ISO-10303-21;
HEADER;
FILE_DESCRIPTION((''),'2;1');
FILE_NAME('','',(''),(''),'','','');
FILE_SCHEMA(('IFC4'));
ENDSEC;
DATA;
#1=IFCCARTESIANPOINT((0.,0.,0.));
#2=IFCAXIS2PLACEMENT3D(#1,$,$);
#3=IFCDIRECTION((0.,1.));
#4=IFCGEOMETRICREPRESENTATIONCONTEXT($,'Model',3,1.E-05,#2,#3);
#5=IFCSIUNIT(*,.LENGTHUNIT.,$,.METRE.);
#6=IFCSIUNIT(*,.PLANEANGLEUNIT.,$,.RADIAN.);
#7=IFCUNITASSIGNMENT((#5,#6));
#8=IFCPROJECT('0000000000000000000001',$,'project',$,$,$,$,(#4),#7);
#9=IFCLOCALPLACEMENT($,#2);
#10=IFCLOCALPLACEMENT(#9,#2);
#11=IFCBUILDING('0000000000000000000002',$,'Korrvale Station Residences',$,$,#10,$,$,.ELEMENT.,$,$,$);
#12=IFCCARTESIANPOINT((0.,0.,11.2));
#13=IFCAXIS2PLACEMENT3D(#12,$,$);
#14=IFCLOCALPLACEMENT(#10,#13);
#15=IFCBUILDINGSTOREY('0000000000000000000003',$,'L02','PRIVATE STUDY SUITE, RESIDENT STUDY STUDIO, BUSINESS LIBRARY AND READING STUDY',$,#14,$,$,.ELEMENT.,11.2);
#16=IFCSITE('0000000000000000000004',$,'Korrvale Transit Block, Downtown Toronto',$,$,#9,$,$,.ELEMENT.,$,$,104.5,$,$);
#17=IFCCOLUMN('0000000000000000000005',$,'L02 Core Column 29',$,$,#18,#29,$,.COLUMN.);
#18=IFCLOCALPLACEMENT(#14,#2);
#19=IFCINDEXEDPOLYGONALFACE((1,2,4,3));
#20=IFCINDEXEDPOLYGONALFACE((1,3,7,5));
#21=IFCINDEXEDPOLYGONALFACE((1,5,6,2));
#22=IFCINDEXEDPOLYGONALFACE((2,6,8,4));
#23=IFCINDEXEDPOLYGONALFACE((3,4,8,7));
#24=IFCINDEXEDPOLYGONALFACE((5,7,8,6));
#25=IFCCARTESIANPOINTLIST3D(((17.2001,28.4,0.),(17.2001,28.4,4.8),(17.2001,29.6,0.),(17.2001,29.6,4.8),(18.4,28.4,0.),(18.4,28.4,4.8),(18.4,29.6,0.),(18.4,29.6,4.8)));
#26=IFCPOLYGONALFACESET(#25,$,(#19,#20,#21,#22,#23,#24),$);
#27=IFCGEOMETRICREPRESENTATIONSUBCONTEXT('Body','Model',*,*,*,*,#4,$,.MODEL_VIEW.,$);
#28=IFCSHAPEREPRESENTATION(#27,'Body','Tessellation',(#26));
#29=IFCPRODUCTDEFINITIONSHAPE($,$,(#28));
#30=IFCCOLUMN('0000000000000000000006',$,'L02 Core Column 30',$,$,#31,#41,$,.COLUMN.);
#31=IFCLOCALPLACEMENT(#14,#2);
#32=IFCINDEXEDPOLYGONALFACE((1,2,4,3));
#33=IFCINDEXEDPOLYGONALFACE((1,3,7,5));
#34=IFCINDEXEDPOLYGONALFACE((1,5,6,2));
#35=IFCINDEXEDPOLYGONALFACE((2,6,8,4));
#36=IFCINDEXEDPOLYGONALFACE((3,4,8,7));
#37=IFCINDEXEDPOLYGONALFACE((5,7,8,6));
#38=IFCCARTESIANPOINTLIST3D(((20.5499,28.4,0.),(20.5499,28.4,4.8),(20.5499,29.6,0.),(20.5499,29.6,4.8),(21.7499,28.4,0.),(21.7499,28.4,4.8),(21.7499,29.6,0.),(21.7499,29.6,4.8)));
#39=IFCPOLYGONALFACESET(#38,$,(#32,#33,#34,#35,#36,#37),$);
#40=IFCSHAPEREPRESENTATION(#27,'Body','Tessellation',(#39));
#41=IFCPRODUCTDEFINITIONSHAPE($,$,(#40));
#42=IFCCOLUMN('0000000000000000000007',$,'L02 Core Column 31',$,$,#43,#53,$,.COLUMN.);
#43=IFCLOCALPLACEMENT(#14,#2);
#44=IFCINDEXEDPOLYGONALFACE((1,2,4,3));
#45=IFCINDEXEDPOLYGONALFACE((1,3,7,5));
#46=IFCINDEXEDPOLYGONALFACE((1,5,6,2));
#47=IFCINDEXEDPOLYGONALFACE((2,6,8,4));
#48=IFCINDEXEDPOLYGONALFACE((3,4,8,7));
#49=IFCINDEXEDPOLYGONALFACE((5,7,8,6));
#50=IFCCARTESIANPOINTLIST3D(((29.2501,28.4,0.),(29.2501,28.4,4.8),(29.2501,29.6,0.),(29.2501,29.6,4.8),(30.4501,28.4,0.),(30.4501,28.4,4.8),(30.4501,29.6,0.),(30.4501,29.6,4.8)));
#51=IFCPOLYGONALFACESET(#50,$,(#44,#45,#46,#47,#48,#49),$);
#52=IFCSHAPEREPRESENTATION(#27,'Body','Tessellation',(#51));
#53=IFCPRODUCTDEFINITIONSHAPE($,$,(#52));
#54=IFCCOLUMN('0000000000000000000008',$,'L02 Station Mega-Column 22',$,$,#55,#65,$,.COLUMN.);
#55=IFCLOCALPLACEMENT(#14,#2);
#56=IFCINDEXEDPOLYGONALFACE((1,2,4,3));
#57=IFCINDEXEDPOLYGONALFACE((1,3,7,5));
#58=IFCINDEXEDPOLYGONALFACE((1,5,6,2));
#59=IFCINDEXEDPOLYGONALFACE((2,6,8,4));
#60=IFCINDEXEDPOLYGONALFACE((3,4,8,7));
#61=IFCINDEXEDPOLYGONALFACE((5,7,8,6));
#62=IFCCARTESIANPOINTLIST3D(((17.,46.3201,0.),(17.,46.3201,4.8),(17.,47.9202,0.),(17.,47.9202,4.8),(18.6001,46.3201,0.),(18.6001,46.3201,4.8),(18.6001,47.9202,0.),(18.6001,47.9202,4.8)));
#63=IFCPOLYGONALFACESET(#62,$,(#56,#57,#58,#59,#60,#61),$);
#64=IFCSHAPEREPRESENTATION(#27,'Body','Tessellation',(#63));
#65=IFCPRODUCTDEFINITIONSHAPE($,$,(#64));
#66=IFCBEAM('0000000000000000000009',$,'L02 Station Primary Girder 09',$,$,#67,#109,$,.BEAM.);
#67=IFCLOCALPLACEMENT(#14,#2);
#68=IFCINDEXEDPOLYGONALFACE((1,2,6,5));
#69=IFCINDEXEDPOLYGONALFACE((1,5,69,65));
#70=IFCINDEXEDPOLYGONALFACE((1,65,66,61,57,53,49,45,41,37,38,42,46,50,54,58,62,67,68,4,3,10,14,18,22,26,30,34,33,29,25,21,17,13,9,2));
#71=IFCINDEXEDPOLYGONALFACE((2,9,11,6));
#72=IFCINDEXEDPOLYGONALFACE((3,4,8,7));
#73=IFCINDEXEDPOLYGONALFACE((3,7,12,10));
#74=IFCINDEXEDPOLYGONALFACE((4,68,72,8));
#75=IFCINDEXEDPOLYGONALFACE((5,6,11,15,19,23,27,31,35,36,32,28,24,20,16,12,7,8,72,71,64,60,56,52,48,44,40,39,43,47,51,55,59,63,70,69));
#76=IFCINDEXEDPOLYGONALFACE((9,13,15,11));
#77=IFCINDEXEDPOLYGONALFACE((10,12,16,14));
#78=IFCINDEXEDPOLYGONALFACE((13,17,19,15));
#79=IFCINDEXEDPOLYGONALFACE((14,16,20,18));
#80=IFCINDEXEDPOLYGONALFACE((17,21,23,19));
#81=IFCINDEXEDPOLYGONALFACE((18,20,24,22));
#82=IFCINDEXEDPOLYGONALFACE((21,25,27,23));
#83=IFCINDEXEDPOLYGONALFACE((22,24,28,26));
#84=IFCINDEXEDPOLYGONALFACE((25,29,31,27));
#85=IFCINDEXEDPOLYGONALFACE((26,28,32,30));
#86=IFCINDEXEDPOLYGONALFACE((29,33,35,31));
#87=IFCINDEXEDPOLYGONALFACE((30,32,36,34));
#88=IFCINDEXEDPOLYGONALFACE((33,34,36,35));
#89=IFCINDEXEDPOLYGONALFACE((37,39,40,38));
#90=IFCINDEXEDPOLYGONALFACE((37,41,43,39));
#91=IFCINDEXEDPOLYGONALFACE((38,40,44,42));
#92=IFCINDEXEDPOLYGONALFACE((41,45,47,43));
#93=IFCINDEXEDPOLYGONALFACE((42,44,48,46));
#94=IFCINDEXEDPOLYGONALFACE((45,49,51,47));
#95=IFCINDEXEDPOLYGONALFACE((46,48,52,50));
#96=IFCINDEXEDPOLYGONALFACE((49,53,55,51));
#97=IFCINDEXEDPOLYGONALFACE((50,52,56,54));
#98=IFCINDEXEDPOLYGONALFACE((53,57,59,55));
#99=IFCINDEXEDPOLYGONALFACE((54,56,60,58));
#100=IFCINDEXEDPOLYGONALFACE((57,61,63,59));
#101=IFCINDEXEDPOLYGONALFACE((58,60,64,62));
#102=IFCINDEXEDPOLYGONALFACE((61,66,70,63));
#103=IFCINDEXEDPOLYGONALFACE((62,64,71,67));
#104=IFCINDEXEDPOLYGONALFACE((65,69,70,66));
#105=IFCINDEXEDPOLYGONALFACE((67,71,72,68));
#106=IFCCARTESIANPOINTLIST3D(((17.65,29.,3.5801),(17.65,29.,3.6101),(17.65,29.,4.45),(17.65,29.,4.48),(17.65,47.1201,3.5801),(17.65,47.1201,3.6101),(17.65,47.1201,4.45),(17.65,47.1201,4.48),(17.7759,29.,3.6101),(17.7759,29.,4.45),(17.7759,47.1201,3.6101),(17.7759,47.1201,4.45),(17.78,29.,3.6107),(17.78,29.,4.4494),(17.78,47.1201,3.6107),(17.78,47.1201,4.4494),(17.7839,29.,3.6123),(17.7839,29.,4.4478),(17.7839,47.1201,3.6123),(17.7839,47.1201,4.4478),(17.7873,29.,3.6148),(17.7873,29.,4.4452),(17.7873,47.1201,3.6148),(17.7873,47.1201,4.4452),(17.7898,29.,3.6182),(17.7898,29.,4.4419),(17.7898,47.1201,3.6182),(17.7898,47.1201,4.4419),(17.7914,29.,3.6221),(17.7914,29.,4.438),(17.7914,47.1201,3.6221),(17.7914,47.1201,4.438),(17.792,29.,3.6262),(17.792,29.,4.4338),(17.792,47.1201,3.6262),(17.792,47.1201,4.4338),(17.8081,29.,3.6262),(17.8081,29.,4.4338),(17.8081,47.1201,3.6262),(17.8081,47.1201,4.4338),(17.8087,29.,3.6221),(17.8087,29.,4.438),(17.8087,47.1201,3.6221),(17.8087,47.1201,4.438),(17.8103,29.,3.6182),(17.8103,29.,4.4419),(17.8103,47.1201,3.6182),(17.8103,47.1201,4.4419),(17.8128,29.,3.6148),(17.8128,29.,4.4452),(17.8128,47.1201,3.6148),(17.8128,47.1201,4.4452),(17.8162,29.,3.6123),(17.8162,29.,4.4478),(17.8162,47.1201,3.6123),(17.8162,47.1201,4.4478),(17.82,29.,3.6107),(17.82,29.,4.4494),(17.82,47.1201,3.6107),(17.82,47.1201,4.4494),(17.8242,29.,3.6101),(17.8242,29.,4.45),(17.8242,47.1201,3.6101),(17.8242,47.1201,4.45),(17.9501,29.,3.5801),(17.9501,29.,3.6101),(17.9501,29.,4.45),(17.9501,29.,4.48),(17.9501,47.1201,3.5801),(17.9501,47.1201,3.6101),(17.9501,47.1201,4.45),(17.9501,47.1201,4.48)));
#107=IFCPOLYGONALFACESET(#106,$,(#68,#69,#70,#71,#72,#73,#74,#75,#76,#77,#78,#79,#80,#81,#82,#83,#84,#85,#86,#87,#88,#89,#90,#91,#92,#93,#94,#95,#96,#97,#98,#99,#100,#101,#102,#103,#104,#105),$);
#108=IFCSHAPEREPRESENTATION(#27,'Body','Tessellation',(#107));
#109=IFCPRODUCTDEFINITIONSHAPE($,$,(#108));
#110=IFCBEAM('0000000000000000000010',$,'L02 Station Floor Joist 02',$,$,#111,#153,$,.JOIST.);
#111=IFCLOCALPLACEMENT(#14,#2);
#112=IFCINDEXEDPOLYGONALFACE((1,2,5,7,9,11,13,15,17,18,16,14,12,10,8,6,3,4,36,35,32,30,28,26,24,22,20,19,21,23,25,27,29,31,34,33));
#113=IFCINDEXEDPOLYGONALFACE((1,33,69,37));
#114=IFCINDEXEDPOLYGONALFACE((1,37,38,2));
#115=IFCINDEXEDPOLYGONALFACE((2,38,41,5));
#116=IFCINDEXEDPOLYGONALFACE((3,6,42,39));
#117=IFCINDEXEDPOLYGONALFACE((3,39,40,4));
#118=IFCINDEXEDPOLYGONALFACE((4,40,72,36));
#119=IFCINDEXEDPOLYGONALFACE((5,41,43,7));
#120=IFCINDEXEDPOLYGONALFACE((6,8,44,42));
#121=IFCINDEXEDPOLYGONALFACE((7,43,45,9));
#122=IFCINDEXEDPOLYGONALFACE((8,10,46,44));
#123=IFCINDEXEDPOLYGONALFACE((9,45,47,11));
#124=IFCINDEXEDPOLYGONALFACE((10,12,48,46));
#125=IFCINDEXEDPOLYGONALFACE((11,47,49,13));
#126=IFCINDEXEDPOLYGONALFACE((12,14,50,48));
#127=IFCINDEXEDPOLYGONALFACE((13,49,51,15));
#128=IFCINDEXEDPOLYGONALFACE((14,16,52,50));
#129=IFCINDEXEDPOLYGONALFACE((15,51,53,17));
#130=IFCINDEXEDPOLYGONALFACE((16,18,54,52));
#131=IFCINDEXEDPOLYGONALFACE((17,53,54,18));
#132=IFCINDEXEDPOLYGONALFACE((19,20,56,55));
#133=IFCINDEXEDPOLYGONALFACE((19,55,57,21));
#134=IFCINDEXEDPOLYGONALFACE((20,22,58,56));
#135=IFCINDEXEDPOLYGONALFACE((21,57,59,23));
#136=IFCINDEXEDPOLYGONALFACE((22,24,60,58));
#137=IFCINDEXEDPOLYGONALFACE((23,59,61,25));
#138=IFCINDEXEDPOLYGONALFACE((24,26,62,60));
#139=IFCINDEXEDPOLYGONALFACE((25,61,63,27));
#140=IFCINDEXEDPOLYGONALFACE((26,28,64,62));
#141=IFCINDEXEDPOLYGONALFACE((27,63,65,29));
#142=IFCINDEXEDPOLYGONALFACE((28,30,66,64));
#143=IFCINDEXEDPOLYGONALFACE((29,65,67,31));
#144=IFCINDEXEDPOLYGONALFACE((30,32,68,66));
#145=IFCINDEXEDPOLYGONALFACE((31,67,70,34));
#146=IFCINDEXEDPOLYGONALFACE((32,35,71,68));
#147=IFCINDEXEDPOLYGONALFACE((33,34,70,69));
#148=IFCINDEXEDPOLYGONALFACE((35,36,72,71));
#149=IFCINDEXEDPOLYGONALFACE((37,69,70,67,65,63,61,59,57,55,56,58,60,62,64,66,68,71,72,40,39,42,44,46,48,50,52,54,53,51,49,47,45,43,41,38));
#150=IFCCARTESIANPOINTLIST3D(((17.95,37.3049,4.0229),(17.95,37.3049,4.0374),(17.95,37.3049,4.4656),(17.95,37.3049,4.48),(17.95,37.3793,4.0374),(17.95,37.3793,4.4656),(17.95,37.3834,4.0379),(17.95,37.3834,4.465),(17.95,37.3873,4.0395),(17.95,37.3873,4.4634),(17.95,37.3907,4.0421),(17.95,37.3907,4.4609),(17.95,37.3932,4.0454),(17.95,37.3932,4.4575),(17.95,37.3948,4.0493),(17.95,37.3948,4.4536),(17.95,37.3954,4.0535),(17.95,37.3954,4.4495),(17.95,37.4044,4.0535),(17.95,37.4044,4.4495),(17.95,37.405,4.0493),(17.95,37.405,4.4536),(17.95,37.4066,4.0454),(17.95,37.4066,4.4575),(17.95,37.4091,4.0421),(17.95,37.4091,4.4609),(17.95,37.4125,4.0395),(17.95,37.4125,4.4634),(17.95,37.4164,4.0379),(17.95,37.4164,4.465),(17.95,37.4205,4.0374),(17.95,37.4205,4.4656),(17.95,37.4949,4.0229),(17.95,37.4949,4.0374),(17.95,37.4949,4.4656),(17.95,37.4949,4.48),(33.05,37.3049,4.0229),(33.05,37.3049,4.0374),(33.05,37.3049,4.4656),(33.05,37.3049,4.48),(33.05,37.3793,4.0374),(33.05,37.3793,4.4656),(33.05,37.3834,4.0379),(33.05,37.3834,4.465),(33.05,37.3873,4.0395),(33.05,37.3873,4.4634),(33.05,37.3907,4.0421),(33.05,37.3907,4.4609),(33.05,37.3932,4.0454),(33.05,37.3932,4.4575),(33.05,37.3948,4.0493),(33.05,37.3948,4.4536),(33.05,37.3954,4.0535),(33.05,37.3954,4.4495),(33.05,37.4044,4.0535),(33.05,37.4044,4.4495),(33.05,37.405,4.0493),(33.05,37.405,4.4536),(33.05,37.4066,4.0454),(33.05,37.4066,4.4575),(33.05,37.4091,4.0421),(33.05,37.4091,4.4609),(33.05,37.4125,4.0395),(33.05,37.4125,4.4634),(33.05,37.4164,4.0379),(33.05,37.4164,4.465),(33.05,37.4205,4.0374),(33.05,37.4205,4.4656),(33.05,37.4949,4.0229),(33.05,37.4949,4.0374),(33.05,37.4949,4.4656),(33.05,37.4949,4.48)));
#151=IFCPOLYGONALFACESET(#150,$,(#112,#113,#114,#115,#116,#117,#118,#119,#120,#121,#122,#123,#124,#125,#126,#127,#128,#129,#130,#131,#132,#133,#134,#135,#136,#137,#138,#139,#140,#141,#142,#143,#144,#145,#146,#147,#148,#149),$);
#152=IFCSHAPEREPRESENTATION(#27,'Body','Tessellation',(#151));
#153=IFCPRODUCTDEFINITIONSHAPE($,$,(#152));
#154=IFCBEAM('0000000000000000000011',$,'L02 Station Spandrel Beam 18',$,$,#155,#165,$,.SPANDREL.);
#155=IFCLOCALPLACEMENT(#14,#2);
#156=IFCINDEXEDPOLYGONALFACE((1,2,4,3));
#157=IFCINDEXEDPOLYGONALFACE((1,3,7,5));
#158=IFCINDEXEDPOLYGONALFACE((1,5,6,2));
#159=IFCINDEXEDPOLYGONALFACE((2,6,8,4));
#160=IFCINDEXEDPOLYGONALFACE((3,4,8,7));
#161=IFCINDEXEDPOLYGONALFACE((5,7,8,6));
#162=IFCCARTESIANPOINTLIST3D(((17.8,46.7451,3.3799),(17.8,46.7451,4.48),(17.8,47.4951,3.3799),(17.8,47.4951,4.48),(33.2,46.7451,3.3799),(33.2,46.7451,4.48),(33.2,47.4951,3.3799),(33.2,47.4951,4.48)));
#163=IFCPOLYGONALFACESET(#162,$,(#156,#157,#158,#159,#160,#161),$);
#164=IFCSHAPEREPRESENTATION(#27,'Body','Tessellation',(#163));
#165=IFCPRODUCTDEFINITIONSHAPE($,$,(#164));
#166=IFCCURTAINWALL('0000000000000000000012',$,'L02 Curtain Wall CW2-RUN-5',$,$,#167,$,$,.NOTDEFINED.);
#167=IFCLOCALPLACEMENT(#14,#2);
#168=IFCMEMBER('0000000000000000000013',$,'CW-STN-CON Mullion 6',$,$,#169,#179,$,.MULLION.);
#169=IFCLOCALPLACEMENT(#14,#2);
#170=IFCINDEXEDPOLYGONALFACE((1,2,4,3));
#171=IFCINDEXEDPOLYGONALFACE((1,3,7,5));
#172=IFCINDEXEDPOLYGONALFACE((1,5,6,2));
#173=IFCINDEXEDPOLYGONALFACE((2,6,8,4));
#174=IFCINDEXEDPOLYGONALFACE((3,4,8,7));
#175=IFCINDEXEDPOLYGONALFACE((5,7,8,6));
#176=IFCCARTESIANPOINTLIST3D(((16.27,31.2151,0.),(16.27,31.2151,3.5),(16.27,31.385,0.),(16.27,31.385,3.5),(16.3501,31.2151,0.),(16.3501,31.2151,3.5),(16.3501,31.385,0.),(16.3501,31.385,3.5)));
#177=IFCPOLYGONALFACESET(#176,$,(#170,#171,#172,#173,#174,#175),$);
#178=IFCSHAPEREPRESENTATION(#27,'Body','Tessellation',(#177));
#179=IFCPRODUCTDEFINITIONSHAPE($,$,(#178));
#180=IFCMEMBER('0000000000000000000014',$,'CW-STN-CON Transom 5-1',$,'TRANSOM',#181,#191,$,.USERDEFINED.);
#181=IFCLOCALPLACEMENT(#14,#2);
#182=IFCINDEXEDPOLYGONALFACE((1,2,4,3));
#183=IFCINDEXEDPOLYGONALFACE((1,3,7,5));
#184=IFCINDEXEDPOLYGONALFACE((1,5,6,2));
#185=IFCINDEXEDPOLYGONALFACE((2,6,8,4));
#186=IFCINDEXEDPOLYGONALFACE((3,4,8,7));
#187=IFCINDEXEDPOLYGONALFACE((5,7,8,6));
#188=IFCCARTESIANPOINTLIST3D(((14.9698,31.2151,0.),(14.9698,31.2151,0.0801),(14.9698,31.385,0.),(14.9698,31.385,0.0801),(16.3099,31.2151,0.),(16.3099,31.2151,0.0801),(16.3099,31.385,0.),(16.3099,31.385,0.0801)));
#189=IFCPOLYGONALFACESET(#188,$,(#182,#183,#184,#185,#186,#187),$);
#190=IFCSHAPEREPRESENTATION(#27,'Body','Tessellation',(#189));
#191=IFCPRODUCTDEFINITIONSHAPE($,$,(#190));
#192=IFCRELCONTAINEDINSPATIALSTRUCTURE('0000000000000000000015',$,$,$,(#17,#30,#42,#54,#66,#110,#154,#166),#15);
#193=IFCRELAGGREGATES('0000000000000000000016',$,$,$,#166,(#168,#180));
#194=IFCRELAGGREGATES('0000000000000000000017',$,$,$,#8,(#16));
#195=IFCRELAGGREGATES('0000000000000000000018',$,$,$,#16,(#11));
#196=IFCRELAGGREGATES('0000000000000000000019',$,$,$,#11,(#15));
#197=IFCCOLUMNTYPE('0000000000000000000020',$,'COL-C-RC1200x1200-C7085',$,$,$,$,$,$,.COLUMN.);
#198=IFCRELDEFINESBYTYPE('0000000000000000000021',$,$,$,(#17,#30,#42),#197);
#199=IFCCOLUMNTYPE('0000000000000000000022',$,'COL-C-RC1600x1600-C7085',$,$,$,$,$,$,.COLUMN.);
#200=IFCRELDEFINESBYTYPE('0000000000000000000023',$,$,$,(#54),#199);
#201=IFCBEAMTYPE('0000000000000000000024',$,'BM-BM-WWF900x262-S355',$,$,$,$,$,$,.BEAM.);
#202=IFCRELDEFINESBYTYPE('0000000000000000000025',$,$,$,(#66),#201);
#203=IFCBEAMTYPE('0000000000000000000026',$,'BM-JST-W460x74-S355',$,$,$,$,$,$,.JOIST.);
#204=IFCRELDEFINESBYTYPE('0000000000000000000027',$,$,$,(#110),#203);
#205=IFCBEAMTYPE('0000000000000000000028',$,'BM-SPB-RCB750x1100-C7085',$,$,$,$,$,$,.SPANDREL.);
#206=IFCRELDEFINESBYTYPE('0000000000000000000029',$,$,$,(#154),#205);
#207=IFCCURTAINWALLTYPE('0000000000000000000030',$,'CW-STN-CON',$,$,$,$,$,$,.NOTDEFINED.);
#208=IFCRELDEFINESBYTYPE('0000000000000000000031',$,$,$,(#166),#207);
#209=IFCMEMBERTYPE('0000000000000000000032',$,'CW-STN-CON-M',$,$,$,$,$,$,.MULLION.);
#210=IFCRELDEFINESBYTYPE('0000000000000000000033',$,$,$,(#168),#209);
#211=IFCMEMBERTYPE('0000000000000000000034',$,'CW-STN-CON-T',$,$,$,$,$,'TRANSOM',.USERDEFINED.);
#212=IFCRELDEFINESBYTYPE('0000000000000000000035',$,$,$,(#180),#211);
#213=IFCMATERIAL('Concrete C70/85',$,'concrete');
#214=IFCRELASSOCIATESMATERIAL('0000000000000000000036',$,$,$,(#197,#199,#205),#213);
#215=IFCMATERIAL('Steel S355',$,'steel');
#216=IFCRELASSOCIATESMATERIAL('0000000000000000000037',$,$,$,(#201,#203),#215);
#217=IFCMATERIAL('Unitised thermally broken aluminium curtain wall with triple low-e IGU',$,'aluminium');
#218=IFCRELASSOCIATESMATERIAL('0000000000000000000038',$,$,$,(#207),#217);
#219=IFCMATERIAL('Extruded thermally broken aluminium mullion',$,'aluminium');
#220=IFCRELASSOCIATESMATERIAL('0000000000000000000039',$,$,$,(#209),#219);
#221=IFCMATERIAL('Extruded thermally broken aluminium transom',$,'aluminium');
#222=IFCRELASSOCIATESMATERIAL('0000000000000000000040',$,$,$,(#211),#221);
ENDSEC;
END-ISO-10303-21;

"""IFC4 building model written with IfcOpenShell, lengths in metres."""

from ifc_helpers import new_model, si_unit, direction, frame, origin, origin_2d, place, context, subcontext, project, spatial, rectangle, i_section, extrude, material, material_profile, profile_set, type_object, element, aggregate, save


model = new_model("IFC4")

# Units and contexts
model_context = context("Model", 3, precision=1e-05, world=origin(), true_north=direction((0.0, 1.0)))
body_context = subcontext(model_context, "Body", "Model", "MODEL_VIEW")
ifc_project = project(units=[si_unit("LENGTHUNIT", "METRE"), si_unit("PLANEANGLEUNIT", "RADIAN")], contexts=[model_context])

# Site, building, storey
site_placement = place(None, origin())
site = spatial("IfcSite", under=ifc_project, at=site_placement, Name="Korrvale Transit Block, Downtown Toronto", CompositionType="ELEMENT", RefElevation=104.5)
building_placement = place(site_placement, origin())
building = spatial("IfcBuilding", under=site, at=building_placement, Name="Korrvale Station Residences", CompositionType="ELEMENT")
storey_placement = place(building_placement, frame((0.0, 0.0, 11.2)))
storey = spatial("IfcBuildingStorey", under=building, at=storey_placement, Name="L02", Description="PRIVATE STUDY SUITE, RESIDENT STUDY STUDIO, BUSINESS LIBRARY AND READING STUDY", CompositionType="ELEMENT", Elevation=11.2)

# Columns
ifc_material_1 = material(Name="Concrete C70/85", Category="concrete")
ifc_material_profile_1 = material_profile(ifc_material_1, rectangle(XDim=1.2, YDim=1.2, at=origin_2d()), Name="RC1200x1200")
ifc_profile_set_1 = profile_set([ifc_material_profile_1], Name="Concrete C70/85")
column_type_1 = type_object("IfcColumnType", Name="COL-C-RC1200x1200-C7085", PredefinedType="COLUMN", material=ifc_profile_set_1)
for number, where, z_axis, x_axis, name in (
    (1, (17.8, 29.0, 0.0), (0.0, 0.0, 1.0), (1.0, 0.0, 0.0), "L02 Core Column 29"),
    (2, (21.1499, 29.0, 0.0), (0.0, 0.0, 1.0), (1.0, 0.0, 0.0), "L02 Core Column 30"),
    (3, (29.8501, 29.0, 0.0), (0.0, 0.0, 1.0), (1.0, 0.0, 0.0), "L02 Core Column 31"),
):
    element("IfcColumn", number, at=place(storey_placement, frame(where, z_axis=z_axis, x_axis=x_axis)), inside=storey, type_object=column_type_1, Name=name, PredefinedType="COLUMN", context=body_context, shape_type="SweptSolid", body=[
        extrude(rectangle(XDim=1.2, YDim=1.2, at=origin_2d()), origin(), (0.0, 0.0, 1.0), 4.8),
    ])
ifc_material_profile_2 = material_profile(ifc_material_1, rectangle(XDim=1.6001, YDim=1.6001, at=origin_2d()), Name="RC1600x1600")
ifc_profile_set_2 = profile_set([ifc_material_profile_2], Name="Concrete C70/85")
column_type_2 = type_object("IfcColumnType", Name="COL-C-RC1600x1600-C7085", PredefinedType="COLUMN", material=ifc_profile_set_2)
column_placement = place(storey_placement, frame((17.8, 47.1201, 0.0), z_axis=(0.0, 0.0, 1.0), x_axis=(1.0, 0.0, 0.0)))
element("IfcColumn", 4, at=column_placement, inside=storey, type_object=column_type_2, Name="L02 Station Mega-Column 22", PredefinedType="COLUMN", context=body_context, shape_type="SweptSolid", body=[
    extrude(rectangle(XDim=1.6001, YDim=1.6001, at=origin_2d()), origin(), (0.0, 0.0, 1.0), 4.8),
])

# Beams
ifc_material_2 = material(Name="Steel S355", Category="steel")
ifc_material_profile_3 = material_profile(ifc_material_2, i_section(OverallWidth=0.3, OverallDepth=0.8999, WebThickness=0.0161, FlangeThickness=0.03, FilletRadius=0.0161, at=origin_2d()), Name="WWF900x262")
ifc_profile_set_3 = profile_set([ifc_material_profile_3], Name="Steel S355")
beam_type_1 = type_object("IfcBeamType", Name="BM-BM-WWF900x262-S355", PredefinedType="BEAM", material=ifc_profile_set_3)
beam_1_placement = place(storey_placement, frame((17.8, 29.0, 4.03), z_axis=(0.0, 1.0, 0.0), x_axis=(-1.0, 0.0, 0.0)))
element("IfcBeam", 5, at=beam_1_placement, inside=storey, type_object=beam_type_1, Name="L02 Station Primary Girder 09", PredefinedType="BEAM", context=body_context, shape_type="SweptSolid", body=[
    extrude(i_section(OverallWidth=0.3, OverallDepth=0.8999, WebThickness=0.0161, FlangeThickness=0.03, FilletRadius=0.0161, at=origin_2d()), origin(), (0.0, 0.0, 1.0), 18.1201),
])
ifc_material_profile_4 = material_profile(ifc_material_2, i_section(OverallWidth=0.1899, OverallDepth=0.457, WebThickness=0.009, FlangeThickness=0.0144, FilletRadius=0.0161, at=origin_2d()), Name="W460x74")
ifc_profile_set_4 = profile_set([ifc_material_profile_4], Name="Steel S355")
beam_type_2 = type_object("IfcBeamType", Name="BM-JST-W460x74-S355", PredefinedType="JOIST", material=ifc_profile_set_4)
beam_2_placement = place(storey_placement, frame((17.95, 37.3999, 4.2515), z_axis=(1.0, 0.0, 0.0), x_axis=(0.0, 1.0, 0.0)))
element("IfcBeam", 6, at=beam_2_placement, inside=storey, type_object=beam_type_2, Name="L02 Station Floor Joist 02", PredefinedType="JOIST", context=body_context, shape_type="SweptSolid", body=[
    extrude(i_section(OverallWidth=0.1899, OverallDepth=0.457, WebThickness=0.009, FlangeThickness=0.0144, FilletRadius=0.0161, at=origin_2d()), origin(), (0.0, 0.0, 1.0), 15.1001),
])
ifc_material_profile_5 = material_profile(ifc_material_1, rectangle(XDim=0.75, YDim=1.1001, at=origin_2d()), Name="RCB750x1100")
ifc_profile_set_5 = profile_set([ifc_material_profile_5], Name="Concrete C70/85")
beam_type_3 = type_object("IfcBeamType", Name="BM-SPB-RCB750x1100-C7085", PredefinedType="SPANDREL", material=ifc_profile_set_5)
beam_3_placement = place(storey_placement, frame((17.8, 47.1201, 3.9299), z_axis=(1.0, 0.0, 0.0), x_axis=(0.0, 1.0, 0.0)))
element("IfcBeam", 7, at=beam_3_placement, inside=storey, type_object=beam_type_3, Name="L02 Station Spandrel Beam 18", PredefinedType="SPANDREL", context=body_context, shape_type="SweptSolid", body=[
    extrude(rectangle(XDim=0.75, YDim=1.1001, at=origin_2d()), origin(), (0.0, 0.0, 1.0), 15.3999),
])

# Curtain wall, members
ifc_material_3 = material(Name="Unitised thermally broken aluminium curtain wall with triple low-e IGU", Category="aluminium")
curtain_wall_type = type_object("IfcCurtainWallType", Name="CW-STN-CON", PredefinedType="NOTDEFINED", material=ifc_material_3)
curtain_wall_placement = place(storey_placement, origin())
curtain_wall = element("IfcCurtainWall", 8, at=curtain_wall_placement, inside=storey, type_object=curtain_wall_type, Name="L02 Curtain Wall CW2-RUN-5", PredefinedType="NOTDEFINED")
ifc_material_4 = material(Name="Extruded thermally broken aluminium mullion", Category="aluminium")
member_type_1 = type_object("IfcMemberType", Name="CW-STN-CON-M", PredefinedType="MULLION", material=ifc_material_4)
member_1_placement = place(storey_placement, frame((16.3101, 31.3, 0.0), z_axis=(0.0, 0.0, 1.0), x_axis=(1.0, 0.0, 0.0)))
member_1 = element("IfcMember", 9, at=member_1_placement, type_object=member_type_1, Name="CW-STN-CON Mullion 6", PredefinedType="MULLION", context=body_context, shape_type="SweptSolid", body=[
    extrude(rectangle(XDim=0.0801, YDim=0.1699, at=origin_2d()), origin(), (0.0, 0.0, 1.0), 3.5),
])
ifc_material_5 = material(Name="Extruded thermally broken aluminium transom", Category="aluminium")
member_type_2 = type_object("IfcMemberType", Name="CW-STN-CON-T", ElementType="TRANSOM", PredefinedType="USERDEFINED", material=ifc_material_5)
member_2_placement = place(storey_placement, frame((15.6399, 31.3, 0.0), z_axis=(0.0, 0.0, 1.0), x_axis=(1.0, 0.0, 0.0)))
member_2 = element("IfcMember", 10, at=member_2_placement, type_object=member_type_2, Name="CW-STN-CON Transom 5-1", ObjectType="TRANSOM", PredefinedType="USERDEFINED", context=body_context, shape_type="SweptSolid", body=[
    extrude(rectangle(XDim=1.3401, YDim=0.1699, at=origin_2d()), origin(), (0.0, 0.0, 1.0), 0.0801),
])
aggregate(curtain_wall, [member_1, member_2])

save(model, "model.ifc")
